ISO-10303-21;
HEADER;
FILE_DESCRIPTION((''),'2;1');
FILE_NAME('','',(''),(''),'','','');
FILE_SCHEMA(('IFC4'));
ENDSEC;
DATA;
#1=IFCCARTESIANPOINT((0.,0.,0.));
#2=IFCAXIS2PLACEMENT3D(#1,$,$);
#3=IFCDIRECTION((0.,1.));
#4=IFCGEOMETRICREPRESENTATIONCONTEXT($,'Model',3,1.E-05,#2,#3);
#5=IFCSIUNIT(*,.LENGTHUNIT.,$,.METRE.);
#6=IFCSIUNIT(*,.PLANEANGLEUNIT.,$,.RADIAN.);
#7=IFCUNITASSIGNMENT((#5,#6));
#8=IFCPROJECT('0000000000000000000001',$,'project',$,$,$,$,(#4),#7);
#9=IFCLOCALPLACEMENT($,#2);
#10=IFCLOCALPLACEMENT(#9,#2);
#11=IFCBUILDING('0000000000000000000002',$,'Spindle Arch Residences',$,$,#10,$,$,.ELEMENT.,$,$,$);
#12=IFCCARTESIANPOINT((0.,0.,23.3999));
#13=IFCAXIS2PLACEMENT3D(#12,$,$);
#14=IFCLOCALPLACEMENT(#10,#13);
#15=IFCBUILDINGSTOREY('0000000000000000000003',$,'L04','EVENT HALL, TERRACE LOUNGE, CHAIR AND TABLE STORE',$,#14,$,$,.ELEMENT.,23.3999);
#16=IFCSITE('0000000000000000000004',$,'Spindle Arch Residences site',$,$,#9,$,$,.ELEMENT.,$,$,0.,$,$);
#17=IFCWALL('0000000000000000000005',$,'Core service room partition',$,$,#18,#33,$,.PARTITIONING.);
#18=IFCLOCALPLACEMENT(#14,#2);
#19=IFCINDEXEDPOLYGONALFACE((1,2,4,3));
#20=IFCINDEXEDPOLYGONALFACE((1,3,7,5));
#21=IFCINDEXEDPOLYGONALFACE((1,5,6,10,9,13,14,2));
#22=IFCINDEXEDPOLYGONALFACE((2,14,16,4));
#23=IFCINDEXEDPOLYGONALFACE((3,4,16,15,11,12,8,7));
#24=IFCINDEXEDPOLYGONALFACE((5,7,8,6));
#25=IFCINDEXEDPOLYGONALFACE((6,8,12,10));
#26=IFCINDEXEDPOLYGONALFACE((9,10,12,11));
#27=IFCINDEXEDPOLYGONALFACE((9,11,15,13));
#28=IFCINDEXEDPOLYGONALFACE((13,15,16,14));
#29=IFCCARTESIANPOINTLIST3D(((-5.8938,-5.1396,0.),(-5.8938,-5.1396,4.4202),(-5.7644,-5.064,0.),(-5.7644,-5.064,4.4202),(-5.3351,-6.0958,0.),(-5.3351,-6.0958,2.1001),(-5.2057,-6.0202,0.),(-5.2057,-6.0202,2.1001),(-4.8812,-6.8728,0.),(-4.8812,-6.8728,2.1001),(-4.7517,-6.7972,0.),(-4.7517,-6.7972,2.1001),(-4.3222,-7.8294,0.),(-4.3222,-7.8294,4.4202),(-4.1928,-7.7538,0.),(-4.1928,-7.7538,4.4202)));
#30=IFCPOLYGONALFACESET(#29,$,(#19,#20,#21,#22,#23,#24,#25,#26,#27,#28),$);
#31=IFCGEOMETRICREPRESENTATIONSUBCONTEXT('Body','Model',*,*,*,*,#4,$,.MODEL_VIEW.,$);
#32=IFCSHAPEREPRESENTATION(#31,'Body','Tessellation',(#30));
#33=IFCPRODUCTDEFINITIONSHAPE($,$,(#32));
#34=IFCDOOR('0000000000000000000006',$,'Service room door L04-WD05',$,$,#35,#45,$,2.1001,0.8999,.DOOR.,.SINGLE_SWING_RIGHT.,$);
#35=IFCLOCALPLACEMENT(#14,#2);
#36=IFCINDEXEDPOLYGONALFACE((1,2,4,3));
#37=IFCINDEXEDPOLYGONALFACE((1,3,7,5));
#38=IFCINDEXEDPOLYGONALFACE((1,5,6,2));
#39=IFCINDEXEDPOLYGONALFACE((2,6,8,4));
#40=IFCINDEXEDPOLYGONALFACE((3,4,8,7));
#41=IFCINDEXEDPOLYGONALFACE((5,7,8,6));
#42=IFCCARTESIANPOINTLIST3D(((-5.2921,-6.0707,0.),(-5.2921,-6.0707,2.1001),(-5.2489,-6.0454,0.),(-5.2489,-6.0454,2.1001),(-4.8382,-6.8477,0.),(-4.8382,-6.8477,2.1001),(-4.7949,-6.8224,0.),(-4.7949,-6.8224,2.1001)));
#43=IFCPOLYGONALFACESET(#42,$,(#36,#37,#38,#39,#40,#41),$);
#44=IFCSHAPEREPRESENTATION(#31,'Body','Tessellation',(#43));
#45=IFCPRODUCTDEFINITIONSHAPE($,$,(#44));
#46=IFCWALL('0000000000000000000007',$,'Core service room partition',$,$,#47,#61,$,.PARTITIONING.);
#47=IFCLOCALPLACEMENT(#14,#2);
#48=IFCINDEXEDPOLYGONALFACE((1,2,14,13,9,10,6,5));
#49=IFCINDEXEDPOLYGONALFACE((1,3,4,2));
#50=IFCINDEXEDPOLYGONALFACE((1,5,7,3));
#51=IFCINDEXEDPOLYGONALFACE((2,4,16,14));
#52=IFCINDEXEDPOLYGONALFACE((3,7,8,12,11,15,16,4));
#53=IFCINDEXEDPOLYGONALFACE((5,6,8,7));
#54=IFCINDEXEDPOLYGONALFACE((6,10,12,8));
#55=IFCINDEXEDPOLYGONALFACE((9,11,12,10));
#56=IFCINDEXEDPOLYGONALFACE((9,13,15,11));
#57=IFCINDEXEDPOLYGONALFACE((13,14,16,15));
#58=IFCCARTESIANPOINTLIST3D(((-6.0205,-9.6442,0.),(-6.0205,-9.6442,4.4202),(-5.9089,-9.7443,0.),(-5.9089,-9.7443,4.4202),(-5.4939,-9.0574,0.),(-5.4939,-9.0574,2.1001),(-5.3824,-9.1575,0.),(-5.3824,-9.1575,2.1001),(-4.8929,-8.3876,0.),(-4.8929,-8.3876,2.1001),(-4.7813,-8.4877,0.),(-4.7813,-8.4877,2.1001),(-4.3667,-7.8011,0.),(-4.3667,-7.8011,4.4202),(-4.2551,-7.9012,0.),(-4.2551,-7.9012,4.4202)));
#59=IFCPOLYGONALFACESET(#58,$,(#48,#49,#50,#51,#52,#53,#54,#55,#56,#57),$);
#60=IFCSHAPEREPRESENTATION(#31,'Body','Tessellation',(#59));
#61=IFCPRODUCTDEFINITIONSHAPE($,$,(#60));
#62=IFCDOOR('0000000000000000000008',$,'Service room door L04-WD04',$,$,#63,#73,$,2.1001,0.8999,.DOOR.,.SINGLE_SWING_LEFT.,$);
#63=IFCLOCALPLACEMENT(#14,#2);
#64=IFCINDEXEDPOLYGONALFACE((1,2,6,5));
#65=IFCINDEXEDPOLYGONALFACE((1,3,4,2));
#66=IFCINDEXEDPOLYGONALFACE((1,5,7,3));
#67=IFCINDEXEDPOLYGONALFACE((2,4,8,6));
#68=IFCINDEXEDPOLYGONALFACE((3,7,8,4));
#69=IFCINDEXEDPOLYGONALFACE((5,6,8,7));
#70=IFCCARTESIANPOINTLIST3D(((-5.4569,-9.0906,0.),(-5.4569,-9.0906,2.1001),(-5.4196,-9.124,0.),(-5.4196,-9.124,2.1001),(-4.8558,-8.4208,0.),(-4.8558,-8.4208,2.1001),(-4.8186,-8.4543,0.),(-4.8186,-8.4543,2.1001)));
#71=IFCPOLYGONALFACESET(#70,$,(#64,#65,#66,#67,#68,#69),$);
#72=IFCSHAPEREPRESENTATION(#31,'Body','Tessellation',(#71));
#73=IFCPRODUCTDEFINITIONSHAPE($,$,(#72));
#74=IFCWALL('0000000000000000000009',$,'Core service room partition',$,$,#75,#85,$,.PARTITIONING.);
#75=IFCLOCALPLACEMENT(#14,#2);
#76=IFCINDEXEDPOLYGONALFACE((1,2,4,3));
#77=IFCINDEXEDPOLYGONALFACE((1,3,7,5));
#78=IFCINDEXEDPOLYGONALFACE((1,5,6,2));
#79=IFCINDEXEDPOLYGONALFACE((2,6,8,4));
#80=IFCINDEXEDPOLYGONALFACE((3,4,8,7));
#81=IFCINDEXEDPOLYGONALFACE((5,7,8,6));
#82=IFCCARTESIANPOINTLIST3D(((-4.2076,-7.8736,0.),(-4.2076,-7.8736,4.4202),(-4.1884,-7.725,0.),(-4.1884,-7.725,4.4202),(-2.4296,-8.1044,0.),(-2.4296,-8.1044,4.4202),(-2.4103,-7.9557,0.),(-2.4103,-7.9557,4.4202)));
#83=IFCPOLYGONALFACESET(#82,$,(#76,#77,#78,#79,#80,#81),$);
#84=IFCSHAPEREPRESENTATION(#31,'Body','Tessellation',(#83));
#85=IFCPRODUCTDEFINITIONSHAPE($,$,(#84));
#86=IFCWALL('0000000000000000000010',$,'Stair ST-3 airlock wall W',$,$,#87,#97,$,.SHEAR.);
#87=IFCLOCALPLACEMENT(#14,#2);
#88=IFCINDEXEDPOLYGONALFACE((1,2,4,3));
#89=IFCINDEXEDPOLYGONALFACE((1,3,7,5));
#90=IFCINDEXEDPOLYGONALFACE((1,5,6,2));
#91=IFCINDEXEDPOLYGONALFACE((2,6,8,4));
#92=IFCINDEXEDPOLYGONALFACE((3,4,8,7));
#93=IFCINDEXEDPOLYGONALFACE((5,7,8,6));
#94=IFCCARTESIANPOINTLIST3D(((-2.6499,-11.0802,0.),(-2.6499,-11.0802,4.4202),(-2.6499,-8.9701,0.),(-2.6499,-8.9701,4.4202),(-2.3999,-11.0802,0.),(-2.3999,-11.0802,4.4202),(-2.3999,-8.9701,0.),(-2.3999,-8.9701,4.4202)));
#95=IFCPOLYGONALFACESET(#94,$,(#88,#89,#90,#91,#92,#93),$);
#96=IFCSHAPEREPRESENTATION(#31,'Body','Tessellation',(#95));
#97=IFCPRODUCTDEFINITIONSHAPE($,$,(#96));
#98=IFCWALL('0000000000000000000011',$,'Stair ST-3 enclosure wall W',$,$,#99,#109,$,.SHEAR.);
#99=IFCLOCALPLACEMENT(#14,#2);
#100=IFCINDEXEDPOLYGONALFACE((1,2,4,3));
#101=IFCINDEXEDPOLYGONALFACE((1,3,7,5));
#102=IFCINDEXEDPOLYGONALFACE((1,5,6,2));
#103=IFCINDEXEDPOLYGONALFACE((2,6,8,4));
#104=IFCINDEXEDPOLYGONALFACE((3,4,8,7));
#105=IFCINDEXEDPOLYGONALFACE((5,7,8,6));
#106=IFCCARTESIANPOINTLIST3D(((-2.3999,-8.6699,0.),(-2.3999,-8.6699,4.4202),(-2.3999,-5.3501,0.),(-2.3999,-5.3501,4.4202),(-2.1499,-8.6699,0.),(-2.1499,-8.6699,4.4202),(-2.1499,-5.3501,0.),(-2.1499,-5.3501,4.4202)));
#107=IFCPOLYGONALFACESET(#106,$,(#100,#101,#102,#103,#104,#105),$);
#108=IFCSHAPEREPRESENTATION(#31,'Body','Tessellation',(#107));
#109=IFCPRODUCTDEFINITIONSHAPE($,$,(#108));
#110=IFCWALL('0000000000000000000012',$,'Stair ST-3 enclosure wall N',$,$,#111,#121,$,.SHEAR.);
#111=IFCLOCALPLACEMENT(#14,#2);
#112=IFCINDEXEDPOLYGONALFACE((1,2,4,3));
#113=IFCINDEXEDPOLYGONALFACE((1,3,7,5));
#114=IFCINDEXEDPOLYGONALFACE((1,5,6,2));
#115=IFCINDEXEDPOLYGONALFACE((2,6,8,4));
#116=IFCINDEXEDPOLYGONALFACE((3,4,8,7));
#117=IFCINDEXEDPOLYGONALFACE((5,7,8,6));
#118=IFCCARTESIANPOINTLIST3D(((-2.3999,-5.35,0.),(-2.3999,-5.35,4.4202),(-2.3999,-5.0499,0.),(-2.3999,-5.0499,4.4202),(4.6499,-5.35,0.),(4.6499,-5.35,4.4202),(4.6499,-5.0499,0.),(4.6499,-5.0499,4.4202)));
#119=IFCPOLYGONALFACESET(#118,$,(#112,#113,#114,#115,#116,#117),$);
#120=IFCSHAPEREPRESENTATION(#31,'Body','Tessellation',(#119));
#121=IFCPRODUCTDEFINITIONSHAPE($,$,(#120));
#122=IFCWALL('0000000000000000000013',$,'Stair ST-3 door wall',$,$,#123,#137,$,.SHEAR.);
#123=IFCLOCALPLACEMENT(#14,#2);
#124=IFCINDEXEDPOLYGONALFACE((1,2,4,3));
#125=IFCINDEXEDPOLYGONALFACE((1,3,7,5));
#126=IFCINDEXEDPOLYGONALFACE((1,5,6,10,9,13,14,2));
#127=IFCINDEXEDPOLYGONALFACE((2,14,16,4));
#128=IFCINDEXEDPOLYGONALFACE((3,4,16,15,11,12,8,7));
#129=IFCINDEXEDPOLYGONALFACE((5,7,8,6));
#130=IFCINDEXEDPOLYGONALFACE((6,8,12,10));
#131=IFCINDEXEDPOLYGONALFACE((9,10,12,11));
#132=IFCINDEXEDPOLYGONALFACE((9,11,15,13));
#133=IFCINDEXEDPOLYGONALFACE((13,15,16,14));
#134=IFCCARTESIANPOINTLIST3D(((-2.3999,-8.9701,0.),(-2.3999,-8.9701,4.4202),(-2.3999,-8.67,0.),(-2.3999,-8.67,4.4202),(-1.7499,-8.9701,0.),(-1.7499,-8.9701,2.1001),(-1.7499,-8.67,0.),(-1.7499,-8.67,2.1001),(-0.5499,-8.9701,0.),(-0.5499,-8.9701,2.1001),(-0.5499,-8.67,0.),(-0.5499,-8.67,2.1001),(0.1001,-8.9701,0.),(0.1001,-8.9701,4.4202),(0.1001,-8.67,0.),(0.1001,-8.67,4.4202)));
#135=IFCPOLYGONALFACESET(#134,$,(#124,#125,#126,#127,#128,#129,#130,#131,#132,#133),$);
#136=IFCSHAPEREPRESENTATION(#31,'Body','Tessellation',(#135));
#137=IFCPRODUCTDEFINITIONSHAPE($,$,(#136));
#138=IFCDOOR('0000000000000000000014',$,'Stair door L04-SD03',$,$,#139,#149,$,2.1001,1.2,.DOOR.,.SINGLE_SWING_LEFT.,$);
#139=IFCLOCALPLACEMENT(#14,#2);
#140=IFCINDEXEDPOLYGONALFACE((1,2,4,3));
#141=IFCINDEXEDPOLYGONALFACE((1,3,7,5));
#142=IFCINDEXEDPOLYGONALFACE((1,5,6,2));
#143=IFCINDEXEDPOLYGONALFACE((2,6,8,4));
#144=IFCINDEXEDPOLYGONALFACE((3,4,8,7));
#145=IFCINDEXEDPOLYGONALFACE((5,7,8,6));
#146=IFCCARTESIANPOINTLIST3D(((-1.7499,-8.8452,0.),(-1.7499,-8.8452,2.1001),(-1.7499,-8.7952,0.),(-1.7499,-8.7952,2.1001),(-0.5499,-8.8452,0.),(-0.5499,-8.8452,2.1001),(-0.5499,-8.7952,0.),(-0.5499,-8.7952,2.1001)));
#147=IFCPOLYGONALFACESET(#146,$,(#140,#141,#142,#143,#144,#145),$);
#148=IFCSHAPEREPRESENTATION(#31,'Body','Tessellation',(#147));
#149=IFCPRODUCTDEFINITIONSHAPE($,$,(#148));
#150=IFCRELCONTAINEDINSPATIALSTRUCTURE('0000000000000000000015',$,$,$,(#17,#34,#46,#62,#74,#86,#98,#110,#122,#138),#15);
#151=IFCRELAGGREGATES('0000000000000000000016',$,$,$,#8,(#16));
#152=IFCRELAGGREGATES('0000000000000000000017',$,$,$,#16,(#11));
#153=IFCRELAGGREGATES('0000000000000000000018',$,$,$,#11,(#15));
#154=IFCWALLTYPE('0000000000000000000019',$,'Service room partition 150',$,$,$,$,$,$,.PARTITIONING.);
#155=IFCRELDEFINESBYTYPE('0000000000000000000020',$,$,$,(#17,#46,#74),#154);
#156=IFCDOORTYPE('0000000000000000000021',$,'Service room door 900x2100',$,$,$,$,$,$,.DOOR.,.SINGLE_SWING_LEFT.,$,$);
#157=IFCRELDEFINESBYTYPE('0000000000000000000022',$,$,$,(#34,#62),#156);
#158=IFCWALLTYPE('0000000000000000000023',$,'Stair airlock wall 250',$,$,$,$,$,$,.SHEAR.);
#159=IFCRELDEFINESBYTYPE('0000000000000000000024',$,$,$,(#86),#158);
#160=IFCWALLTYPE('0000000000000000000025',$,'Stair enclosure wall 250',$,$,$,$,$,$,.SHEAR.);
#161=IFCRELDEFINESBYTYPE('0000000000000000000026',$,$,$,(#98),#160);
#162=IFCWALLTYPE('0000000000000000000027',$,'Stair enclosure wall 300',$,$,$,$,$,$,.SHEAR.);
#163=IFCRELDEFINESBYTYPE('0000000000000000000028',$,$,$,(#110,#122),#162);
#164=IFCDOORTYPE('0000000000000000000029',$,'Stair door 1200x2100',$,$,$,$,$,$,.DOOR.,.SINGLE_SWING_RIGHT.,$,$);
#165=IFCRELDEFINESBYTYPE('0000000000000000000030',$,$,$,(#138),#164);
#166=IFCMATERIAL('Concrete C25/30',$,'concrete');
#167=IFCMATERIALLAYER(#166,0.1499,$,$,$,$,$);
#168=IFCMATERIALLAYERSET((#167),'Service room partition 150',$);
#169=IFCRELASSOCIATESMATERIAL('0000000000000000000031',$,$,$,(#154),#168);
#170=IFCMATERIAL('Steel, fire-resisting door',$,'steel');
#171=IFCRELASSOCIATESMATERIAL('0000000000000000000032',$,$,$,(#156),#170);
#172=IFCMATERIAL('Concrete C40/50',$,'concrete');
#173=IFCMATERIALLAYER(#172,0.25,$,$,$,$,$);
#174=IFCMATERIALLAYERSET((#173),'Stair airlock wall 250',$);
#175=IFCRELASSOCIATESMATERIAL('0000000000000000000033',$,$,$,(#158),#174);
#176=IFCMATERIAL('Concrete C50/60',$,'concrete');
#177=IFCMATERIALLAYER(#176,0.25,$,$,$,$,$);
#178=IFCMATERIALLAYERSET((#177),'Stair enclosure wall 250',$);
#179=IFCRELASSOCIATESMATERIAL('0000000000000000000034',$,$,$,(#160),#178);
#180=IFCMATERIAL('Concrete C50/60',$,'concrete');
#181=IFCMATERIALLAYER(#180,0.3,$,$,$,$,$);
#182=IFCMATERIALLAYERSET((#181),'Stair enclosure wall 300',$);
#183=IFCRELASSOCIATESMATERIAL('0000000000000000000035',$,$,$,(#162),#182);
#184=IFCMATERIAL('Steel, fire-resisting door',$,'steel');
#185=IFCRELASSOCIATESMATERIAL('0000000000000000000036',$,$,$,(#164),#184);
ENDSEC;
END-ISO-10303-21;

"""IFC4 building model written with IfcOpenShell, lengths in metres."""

from ifc_helpers import new_model, si_unit, direction, frame, frame_2d, origin, place, context, subcontext, project, spatial, rectangle, extrude, material, layer, layer_set, type_object, element, fill, save


model = new_model("IFC4")

# Units and contexts
model_context = context("Model", 3, precision=1e-05, world=origin(), true_north=direction((0.0, 1.0)))
body_context = subcontext(model_context, "Body", "Model", "MODEL_VIEW")
ifc_project = project(units=[si_unit("LENGTHUNIT", "METRE"), si_unit("PLANEANGLEUNIT", "RADIAN")], contexts=[model_context])

# Site, building, storey
site_placement = place(None, origin())
site = spatial("IfcSite", under=ifc_project, at=site_placement, Name="Spindle Arch Residences site", CompositionType="ELEMENT", RefElevation=0.0)
building_placement = place(site_placement, origin())
building = spatial("IfcBuilding", under=site, at=building_placement, Name="Spindle Arch Residences", CompositionType="ELEMENT")
storey_placement = place(building_placement, frame((0.0, 0.0, 23.3999)))
storey = spatial("IfcBuildingStorey", under=building, at=storey_placement, Name="L04", Description="EVENT HALL, TERRACE LOUNGE, CHAIR AND TABLE STORE", CompositionType="ELEMENT", Elevation=23.3999)

# Walls, openings, doors
ifc_material_1 = material(Name="Concrete C25/30", Category="concrete")
ifc_layer_1 = layer(ifc_material_1, 0.1499)
ifc_layer_set_1 = layer_set([ifc_layer_1], Name="Service room partition 150")
wall_type_1 = type_object("IfcWallType", Name="Service room partition 150", PredefinedType="PARTITIONING", material=ifc_layer_set_1)
wall_1_placement = place(storey_placement, frame((-5.8291, -5.1018, 0.0), z_axis=(0.0, 0.0, 1.0), x_axis=(0.50448, -0.863423, 0.0)))
wall_1 = element("IfcWall", 1, at=wall_1_placement, inside=storey, type_object=wall_type_1, Name="Core service room partition", PredefinedType="PARTITIONING", context=body_context, shape_type="SweptSolid", body=[
    extrude(rectangle(XDim=3.1152, YDim=0.1499, at=frame_2d((1.5576, 0.0))), origin(), (0.0, 0.0, 1.0), 4.4202),
])
opening_1_placement = place(wall_1_placement, frame((1.1074, 0.0, 0.0)))
opening_1 = element("IfcOpeningElement", 2, at=opening_1_placement, cuts=wall_1, PredefinedType="OPENING", context=body_context, shape_type="SweptSolid", body=[
    extrude(rectangle(XDim=0.8999, YDim=2.1001, at=frame_2d((0.45, 1.05))), frame((0.0, 0.085, 0.0), z_axis=(0.0, -1.0, 0.0), x_axis=(1.0, 0.0, 0.0)), (0.0, 0.0, 1.0), 0.1699),
])
ifc_material_2 = material(Name="Steel, fire-resisting door", Category="steel")
door_type_1 = type_object("IfcDoorType", Name="Service room door 900x2100", OperationType="SINGLE_SWING_LEFT", PredefinedType="DOOR", material=ifc_material_2)
door_1_placement = place(opening_1_placement, origin())
door_1 = element("IfcDoor", 3, at=door_1_placement, inside=storey, type_object=door_type_1, Name="Service room door L04-WD05", OperationType="SINGLE_SWING_RIGHT", OverallHeight=2.1001, OverallWidth=0.8999, PredefinedType="DOOR", context=body_context, shape_type="SweptSolid", body=[
    extrude(rectangle(XDim=0.8999, YDim=2.1001, at=frame_2d((0.45, 1.05))), frame((0.0, 0.0249, 0.0), z_axis=(0.0, -1.0, 0.0), x_axis=(1.0, 0.0, 0.0)), (0.0, 0.0, 1.0), 0.05),
])
fill(opening_1, door_1)
wall_2_placement = place(storey_placement, frame((-4.3108, -7.8511, 0.0), z_axis=(0.0, 0.0, 1.0), x_axis=(-0.667869, -0.744279, 0.0)))
wall_2 = element("IfcWall", 4, at=wall_2_placement, inside=storey, type_object=wall_type_1, Name="Core service room partition", PredefinedType="PARTITIONING", context=body_context, shape_type="SweptSolid", body=[
    extrude(rectangle(XDim=2.4763, YDim=0.1499, at=frame_2d((1.2383, 0.0))), origin(), (0.0, 0.0, 1.0), 4.4202),
])
opening_2_placement = place(wall_2_placement, frame((0.7881, 0.0, 0.0)))
opening_2 = element("IfcOpeningElement", 5, at=opening_2_placement, cuts=wall_2, PredefinedType="OPENING", context=body_context, shape_type="SweptSolid", body=[
    extrude(rectangle(XDim=0.8999, YDim=2.1001, at=frame_2d((0.45, 1.05))), frame((0.0, 0.085, 0.0), z_axis=(0.0, -1.0, 0.0), x_axis=(1.0, 0.0, 0.0)), (0.0, 0.0, 1.0), 0.1699),
])
door_2_placement = place(opening_2_placement, origin())
door_2 = element("IfcDoor", 6, at=door_2_placement, inside=storey, type_object=door_type_1, Name="Service room door L04-WD04", OperationType="SINGLE_SWING_LEFT", OverallHeight=2.1001, OverallWidth=0.8999, PredefinedType="DOOR", context=body_context, shape_type="SweptSolid", body=[
    extrude(rectangle(XDim=0.8999, YDim=2.1001, at=frame_2d((0.45, 1.05))), frame((0.0, 0.0249, 0.0), z_axis=(0.0, -1.0, 0.0), x_axis=(1.0, 0.0, 0.0)), (0.0, 0.0, 1.0), 0.05),
])
fill(opening_2, door_2)

# Walls
wall_3_placement = place(storey_placement, frame((-4.198, -7.7993, 0.0), z_axis=(0.0, 0.0, 1.0), x_axis=(0.991687, -0.128676, 0.0)))
element("IfcWall", 7, at=wall_3_placement, inside=storey, type_object=wall_type_1, Name="Core service room partition", PredefinedType="PARTITIONING", context=body_context, shape_type="SweptSolid", body=[
    extrude(rectangle(XDim=1.793, YDim=0.1499, at=frame_2d((0.8965, 0.0))), origin(), (0.0, 0.0, 1.0), 4.4202),
])
ifc_material_3 = material(Name="Concrete C40/50", Category="concrete")
ifc_layer_2 = layer(ifc_material_3, 0.25)
ifc_layer_set_2 = layer_set([ifc_layer_2], Name="Stair airlock wall 250")
wall_type_2 = type_object("IfcWallType", Name="Stair airlock wall 250", PredefinedType="SHEAR", material=ifc_layer_set_2)
wall_4_placement = place(storey_placement, frame((-2.5249, -8.97, 0.0), z_axis=(0.0, 0.0, 1.0), x_axis=(0.0, -1.0, 0.0)))
element("IfcWall", 8, at=wall_4_placement, inside=storey, type_object=wall_type_2, Name="Stair ST-3 airlock wall W", PredefinedType="SHEAR", context=body_context, shape_type="SweptSolid", body=[
    extrude(rectangle(XDim=2.1101, YDim=0.25, at=frame_2d((1.0552, 0.0))), origin(), (0.0, 0.0, 1.0), 4.4202),
])
ifc_material_4 = material(Name="Concrete C50/60", Category="concrete")
ifc_layer_3 = layer(ifc_material_4, 0.25)
ifc_layer_set_3 = layer_set([ifc_layer_3], Name="Stair enclosure wall 250")
wall_type_3 = type_object("IfcWallType", Name="Stair enclosure wall 250", PredefinedType="SHEAR", material=ifc_layer_set_3)
wall_5_placement = place(storey_placement, frame((-2.2749, -8.6699, 0.0), z_axis=(0.0, 0.0, 1.0), x_axis=(0.0, 1.0, 0.0)))
element("IfcWall", 9, at=wall_5_placement, inside=storey, type_object=wall_type_3, Name="Stair ST-3 enclosure wall W", PredefinedType="SHEAR", context=body_context, shape_type="SweptSolid", body=[
    extrude(rectangle(XDim=3.3198, YDim=0.25, at=frame_2d((1.6599, 0.0))), origin(), (0.0, 0.0, 1.0), 4.4202),
])
ifc_material_5 = material(Name="Concrete C50/60", Category="concrete")
ifc_layer_4 = layer(ifc_material_5, 0.3)
ifc_layer_set_4 = layer_set([ifc_layer_4], Name="Stair enclosure wall 300")
wall_type_4 = type_object("IfcWallType", Name="Stair enclosure wall 300", PredefinedType="SHEAR", material=ifc_layer_set_4)
wall_6_placement = place(storey_placement, frame((-2.3999, -5.2, 0.0), z_axis=(0.0, 0.0, 1.0), x_axis=(1.0, 0.0, 0.0)))
element("IfcWall", 10, at=wall_6_placement, inside=storey, type_object=wall_type_4, Name="Stair ST-3 enclosure wall N", PredefinedType="SHEAR", context=body_context, shape_type="SweptSolid", body=[
    extrude(rectangle(XDim=7.0498, YDim=0.3, at=frame_2d((3.5249, 0.0))), origin(), (0.0, 0.0, 1.0), 4.4202),
])

# Wall, opening, door
wall_7_placement = place(storey_placement, frame((-2.3999, -8.8201, 0.0), z_axis=(0.0, 0.0, 1.0), x_axis=(1.0, 0.0, 0.0)))
wall_7 = element("IfcWall", 11, at=wall_7_placement, inside=storey, type_object=wall_type_4, Name="Stair ST-3 door wall", PredefinedType="SHEAR", context=body_context, shape_type="SweptSolid", body=[
    extrude(rectangle(XDim=2.5, YDim=0.3, at=frame_2d((1.25, 0.0))), origin(), (0.0, 0.0, 1.0), 4.4202),
])
opening_3_placement = place(wall_7_placement, frame((0.6499, 0.0, 0.0)))
opening_3 = element("IfcOpeningElement", 12, at=opening_3_placement, cuts=wall_7, PredefinedType="OPENING", context=body_context, shape_type="SweptSolid", body=[
    extrude(rectangle(XDim=1.2, YDim=2.1001, at=frame_2d((0.6001, 1.05))), frame((0.0, 0.1602, 0.0), z_axis=(0.0, -1.0, 0.0), x_axis=(1.0, 0.0, 0.0)), (0.0, 0.0, 1.0), 0.3201),
])
ifc_material_6 = material(Name="Steel, fire-resisting door", Category="steel")
door_type_2 = type_object("IfcDoorType", Name="Stair door 1200x2100", OperationType="SINGLE_SWING_RIGHT", PredefinedType="DOOR", material=ifc_material_6)
door_3_placement = place(opening_3_placement, origin())
door_3 = element("IfcDoor", 13, at=door_3_placement, inside=storey, type_object=door_type_2, Name="Stair door L04-SD03", OperationType="SINGLE_SWING_LEFT", OverallHeight=2.1001, OverallWidth=1.2, PredefinedType="DOOR", context=body_context, shape_type="SweptSolid", body=[
    extrude(rectangle(XDim=1.2, YDim=2.1001, at=frame_2d((0.6001, 1.05))), frame((0.0, 0.0249, 0.0), z_axis=(0.0, -1.0, 0.0), x_axis=(1.0, 0.0, 0.0)), (0.0, 0.0, 1.0), 0.05),
])
fill(opening_3, door_3)

save(model, "model.ifc")
